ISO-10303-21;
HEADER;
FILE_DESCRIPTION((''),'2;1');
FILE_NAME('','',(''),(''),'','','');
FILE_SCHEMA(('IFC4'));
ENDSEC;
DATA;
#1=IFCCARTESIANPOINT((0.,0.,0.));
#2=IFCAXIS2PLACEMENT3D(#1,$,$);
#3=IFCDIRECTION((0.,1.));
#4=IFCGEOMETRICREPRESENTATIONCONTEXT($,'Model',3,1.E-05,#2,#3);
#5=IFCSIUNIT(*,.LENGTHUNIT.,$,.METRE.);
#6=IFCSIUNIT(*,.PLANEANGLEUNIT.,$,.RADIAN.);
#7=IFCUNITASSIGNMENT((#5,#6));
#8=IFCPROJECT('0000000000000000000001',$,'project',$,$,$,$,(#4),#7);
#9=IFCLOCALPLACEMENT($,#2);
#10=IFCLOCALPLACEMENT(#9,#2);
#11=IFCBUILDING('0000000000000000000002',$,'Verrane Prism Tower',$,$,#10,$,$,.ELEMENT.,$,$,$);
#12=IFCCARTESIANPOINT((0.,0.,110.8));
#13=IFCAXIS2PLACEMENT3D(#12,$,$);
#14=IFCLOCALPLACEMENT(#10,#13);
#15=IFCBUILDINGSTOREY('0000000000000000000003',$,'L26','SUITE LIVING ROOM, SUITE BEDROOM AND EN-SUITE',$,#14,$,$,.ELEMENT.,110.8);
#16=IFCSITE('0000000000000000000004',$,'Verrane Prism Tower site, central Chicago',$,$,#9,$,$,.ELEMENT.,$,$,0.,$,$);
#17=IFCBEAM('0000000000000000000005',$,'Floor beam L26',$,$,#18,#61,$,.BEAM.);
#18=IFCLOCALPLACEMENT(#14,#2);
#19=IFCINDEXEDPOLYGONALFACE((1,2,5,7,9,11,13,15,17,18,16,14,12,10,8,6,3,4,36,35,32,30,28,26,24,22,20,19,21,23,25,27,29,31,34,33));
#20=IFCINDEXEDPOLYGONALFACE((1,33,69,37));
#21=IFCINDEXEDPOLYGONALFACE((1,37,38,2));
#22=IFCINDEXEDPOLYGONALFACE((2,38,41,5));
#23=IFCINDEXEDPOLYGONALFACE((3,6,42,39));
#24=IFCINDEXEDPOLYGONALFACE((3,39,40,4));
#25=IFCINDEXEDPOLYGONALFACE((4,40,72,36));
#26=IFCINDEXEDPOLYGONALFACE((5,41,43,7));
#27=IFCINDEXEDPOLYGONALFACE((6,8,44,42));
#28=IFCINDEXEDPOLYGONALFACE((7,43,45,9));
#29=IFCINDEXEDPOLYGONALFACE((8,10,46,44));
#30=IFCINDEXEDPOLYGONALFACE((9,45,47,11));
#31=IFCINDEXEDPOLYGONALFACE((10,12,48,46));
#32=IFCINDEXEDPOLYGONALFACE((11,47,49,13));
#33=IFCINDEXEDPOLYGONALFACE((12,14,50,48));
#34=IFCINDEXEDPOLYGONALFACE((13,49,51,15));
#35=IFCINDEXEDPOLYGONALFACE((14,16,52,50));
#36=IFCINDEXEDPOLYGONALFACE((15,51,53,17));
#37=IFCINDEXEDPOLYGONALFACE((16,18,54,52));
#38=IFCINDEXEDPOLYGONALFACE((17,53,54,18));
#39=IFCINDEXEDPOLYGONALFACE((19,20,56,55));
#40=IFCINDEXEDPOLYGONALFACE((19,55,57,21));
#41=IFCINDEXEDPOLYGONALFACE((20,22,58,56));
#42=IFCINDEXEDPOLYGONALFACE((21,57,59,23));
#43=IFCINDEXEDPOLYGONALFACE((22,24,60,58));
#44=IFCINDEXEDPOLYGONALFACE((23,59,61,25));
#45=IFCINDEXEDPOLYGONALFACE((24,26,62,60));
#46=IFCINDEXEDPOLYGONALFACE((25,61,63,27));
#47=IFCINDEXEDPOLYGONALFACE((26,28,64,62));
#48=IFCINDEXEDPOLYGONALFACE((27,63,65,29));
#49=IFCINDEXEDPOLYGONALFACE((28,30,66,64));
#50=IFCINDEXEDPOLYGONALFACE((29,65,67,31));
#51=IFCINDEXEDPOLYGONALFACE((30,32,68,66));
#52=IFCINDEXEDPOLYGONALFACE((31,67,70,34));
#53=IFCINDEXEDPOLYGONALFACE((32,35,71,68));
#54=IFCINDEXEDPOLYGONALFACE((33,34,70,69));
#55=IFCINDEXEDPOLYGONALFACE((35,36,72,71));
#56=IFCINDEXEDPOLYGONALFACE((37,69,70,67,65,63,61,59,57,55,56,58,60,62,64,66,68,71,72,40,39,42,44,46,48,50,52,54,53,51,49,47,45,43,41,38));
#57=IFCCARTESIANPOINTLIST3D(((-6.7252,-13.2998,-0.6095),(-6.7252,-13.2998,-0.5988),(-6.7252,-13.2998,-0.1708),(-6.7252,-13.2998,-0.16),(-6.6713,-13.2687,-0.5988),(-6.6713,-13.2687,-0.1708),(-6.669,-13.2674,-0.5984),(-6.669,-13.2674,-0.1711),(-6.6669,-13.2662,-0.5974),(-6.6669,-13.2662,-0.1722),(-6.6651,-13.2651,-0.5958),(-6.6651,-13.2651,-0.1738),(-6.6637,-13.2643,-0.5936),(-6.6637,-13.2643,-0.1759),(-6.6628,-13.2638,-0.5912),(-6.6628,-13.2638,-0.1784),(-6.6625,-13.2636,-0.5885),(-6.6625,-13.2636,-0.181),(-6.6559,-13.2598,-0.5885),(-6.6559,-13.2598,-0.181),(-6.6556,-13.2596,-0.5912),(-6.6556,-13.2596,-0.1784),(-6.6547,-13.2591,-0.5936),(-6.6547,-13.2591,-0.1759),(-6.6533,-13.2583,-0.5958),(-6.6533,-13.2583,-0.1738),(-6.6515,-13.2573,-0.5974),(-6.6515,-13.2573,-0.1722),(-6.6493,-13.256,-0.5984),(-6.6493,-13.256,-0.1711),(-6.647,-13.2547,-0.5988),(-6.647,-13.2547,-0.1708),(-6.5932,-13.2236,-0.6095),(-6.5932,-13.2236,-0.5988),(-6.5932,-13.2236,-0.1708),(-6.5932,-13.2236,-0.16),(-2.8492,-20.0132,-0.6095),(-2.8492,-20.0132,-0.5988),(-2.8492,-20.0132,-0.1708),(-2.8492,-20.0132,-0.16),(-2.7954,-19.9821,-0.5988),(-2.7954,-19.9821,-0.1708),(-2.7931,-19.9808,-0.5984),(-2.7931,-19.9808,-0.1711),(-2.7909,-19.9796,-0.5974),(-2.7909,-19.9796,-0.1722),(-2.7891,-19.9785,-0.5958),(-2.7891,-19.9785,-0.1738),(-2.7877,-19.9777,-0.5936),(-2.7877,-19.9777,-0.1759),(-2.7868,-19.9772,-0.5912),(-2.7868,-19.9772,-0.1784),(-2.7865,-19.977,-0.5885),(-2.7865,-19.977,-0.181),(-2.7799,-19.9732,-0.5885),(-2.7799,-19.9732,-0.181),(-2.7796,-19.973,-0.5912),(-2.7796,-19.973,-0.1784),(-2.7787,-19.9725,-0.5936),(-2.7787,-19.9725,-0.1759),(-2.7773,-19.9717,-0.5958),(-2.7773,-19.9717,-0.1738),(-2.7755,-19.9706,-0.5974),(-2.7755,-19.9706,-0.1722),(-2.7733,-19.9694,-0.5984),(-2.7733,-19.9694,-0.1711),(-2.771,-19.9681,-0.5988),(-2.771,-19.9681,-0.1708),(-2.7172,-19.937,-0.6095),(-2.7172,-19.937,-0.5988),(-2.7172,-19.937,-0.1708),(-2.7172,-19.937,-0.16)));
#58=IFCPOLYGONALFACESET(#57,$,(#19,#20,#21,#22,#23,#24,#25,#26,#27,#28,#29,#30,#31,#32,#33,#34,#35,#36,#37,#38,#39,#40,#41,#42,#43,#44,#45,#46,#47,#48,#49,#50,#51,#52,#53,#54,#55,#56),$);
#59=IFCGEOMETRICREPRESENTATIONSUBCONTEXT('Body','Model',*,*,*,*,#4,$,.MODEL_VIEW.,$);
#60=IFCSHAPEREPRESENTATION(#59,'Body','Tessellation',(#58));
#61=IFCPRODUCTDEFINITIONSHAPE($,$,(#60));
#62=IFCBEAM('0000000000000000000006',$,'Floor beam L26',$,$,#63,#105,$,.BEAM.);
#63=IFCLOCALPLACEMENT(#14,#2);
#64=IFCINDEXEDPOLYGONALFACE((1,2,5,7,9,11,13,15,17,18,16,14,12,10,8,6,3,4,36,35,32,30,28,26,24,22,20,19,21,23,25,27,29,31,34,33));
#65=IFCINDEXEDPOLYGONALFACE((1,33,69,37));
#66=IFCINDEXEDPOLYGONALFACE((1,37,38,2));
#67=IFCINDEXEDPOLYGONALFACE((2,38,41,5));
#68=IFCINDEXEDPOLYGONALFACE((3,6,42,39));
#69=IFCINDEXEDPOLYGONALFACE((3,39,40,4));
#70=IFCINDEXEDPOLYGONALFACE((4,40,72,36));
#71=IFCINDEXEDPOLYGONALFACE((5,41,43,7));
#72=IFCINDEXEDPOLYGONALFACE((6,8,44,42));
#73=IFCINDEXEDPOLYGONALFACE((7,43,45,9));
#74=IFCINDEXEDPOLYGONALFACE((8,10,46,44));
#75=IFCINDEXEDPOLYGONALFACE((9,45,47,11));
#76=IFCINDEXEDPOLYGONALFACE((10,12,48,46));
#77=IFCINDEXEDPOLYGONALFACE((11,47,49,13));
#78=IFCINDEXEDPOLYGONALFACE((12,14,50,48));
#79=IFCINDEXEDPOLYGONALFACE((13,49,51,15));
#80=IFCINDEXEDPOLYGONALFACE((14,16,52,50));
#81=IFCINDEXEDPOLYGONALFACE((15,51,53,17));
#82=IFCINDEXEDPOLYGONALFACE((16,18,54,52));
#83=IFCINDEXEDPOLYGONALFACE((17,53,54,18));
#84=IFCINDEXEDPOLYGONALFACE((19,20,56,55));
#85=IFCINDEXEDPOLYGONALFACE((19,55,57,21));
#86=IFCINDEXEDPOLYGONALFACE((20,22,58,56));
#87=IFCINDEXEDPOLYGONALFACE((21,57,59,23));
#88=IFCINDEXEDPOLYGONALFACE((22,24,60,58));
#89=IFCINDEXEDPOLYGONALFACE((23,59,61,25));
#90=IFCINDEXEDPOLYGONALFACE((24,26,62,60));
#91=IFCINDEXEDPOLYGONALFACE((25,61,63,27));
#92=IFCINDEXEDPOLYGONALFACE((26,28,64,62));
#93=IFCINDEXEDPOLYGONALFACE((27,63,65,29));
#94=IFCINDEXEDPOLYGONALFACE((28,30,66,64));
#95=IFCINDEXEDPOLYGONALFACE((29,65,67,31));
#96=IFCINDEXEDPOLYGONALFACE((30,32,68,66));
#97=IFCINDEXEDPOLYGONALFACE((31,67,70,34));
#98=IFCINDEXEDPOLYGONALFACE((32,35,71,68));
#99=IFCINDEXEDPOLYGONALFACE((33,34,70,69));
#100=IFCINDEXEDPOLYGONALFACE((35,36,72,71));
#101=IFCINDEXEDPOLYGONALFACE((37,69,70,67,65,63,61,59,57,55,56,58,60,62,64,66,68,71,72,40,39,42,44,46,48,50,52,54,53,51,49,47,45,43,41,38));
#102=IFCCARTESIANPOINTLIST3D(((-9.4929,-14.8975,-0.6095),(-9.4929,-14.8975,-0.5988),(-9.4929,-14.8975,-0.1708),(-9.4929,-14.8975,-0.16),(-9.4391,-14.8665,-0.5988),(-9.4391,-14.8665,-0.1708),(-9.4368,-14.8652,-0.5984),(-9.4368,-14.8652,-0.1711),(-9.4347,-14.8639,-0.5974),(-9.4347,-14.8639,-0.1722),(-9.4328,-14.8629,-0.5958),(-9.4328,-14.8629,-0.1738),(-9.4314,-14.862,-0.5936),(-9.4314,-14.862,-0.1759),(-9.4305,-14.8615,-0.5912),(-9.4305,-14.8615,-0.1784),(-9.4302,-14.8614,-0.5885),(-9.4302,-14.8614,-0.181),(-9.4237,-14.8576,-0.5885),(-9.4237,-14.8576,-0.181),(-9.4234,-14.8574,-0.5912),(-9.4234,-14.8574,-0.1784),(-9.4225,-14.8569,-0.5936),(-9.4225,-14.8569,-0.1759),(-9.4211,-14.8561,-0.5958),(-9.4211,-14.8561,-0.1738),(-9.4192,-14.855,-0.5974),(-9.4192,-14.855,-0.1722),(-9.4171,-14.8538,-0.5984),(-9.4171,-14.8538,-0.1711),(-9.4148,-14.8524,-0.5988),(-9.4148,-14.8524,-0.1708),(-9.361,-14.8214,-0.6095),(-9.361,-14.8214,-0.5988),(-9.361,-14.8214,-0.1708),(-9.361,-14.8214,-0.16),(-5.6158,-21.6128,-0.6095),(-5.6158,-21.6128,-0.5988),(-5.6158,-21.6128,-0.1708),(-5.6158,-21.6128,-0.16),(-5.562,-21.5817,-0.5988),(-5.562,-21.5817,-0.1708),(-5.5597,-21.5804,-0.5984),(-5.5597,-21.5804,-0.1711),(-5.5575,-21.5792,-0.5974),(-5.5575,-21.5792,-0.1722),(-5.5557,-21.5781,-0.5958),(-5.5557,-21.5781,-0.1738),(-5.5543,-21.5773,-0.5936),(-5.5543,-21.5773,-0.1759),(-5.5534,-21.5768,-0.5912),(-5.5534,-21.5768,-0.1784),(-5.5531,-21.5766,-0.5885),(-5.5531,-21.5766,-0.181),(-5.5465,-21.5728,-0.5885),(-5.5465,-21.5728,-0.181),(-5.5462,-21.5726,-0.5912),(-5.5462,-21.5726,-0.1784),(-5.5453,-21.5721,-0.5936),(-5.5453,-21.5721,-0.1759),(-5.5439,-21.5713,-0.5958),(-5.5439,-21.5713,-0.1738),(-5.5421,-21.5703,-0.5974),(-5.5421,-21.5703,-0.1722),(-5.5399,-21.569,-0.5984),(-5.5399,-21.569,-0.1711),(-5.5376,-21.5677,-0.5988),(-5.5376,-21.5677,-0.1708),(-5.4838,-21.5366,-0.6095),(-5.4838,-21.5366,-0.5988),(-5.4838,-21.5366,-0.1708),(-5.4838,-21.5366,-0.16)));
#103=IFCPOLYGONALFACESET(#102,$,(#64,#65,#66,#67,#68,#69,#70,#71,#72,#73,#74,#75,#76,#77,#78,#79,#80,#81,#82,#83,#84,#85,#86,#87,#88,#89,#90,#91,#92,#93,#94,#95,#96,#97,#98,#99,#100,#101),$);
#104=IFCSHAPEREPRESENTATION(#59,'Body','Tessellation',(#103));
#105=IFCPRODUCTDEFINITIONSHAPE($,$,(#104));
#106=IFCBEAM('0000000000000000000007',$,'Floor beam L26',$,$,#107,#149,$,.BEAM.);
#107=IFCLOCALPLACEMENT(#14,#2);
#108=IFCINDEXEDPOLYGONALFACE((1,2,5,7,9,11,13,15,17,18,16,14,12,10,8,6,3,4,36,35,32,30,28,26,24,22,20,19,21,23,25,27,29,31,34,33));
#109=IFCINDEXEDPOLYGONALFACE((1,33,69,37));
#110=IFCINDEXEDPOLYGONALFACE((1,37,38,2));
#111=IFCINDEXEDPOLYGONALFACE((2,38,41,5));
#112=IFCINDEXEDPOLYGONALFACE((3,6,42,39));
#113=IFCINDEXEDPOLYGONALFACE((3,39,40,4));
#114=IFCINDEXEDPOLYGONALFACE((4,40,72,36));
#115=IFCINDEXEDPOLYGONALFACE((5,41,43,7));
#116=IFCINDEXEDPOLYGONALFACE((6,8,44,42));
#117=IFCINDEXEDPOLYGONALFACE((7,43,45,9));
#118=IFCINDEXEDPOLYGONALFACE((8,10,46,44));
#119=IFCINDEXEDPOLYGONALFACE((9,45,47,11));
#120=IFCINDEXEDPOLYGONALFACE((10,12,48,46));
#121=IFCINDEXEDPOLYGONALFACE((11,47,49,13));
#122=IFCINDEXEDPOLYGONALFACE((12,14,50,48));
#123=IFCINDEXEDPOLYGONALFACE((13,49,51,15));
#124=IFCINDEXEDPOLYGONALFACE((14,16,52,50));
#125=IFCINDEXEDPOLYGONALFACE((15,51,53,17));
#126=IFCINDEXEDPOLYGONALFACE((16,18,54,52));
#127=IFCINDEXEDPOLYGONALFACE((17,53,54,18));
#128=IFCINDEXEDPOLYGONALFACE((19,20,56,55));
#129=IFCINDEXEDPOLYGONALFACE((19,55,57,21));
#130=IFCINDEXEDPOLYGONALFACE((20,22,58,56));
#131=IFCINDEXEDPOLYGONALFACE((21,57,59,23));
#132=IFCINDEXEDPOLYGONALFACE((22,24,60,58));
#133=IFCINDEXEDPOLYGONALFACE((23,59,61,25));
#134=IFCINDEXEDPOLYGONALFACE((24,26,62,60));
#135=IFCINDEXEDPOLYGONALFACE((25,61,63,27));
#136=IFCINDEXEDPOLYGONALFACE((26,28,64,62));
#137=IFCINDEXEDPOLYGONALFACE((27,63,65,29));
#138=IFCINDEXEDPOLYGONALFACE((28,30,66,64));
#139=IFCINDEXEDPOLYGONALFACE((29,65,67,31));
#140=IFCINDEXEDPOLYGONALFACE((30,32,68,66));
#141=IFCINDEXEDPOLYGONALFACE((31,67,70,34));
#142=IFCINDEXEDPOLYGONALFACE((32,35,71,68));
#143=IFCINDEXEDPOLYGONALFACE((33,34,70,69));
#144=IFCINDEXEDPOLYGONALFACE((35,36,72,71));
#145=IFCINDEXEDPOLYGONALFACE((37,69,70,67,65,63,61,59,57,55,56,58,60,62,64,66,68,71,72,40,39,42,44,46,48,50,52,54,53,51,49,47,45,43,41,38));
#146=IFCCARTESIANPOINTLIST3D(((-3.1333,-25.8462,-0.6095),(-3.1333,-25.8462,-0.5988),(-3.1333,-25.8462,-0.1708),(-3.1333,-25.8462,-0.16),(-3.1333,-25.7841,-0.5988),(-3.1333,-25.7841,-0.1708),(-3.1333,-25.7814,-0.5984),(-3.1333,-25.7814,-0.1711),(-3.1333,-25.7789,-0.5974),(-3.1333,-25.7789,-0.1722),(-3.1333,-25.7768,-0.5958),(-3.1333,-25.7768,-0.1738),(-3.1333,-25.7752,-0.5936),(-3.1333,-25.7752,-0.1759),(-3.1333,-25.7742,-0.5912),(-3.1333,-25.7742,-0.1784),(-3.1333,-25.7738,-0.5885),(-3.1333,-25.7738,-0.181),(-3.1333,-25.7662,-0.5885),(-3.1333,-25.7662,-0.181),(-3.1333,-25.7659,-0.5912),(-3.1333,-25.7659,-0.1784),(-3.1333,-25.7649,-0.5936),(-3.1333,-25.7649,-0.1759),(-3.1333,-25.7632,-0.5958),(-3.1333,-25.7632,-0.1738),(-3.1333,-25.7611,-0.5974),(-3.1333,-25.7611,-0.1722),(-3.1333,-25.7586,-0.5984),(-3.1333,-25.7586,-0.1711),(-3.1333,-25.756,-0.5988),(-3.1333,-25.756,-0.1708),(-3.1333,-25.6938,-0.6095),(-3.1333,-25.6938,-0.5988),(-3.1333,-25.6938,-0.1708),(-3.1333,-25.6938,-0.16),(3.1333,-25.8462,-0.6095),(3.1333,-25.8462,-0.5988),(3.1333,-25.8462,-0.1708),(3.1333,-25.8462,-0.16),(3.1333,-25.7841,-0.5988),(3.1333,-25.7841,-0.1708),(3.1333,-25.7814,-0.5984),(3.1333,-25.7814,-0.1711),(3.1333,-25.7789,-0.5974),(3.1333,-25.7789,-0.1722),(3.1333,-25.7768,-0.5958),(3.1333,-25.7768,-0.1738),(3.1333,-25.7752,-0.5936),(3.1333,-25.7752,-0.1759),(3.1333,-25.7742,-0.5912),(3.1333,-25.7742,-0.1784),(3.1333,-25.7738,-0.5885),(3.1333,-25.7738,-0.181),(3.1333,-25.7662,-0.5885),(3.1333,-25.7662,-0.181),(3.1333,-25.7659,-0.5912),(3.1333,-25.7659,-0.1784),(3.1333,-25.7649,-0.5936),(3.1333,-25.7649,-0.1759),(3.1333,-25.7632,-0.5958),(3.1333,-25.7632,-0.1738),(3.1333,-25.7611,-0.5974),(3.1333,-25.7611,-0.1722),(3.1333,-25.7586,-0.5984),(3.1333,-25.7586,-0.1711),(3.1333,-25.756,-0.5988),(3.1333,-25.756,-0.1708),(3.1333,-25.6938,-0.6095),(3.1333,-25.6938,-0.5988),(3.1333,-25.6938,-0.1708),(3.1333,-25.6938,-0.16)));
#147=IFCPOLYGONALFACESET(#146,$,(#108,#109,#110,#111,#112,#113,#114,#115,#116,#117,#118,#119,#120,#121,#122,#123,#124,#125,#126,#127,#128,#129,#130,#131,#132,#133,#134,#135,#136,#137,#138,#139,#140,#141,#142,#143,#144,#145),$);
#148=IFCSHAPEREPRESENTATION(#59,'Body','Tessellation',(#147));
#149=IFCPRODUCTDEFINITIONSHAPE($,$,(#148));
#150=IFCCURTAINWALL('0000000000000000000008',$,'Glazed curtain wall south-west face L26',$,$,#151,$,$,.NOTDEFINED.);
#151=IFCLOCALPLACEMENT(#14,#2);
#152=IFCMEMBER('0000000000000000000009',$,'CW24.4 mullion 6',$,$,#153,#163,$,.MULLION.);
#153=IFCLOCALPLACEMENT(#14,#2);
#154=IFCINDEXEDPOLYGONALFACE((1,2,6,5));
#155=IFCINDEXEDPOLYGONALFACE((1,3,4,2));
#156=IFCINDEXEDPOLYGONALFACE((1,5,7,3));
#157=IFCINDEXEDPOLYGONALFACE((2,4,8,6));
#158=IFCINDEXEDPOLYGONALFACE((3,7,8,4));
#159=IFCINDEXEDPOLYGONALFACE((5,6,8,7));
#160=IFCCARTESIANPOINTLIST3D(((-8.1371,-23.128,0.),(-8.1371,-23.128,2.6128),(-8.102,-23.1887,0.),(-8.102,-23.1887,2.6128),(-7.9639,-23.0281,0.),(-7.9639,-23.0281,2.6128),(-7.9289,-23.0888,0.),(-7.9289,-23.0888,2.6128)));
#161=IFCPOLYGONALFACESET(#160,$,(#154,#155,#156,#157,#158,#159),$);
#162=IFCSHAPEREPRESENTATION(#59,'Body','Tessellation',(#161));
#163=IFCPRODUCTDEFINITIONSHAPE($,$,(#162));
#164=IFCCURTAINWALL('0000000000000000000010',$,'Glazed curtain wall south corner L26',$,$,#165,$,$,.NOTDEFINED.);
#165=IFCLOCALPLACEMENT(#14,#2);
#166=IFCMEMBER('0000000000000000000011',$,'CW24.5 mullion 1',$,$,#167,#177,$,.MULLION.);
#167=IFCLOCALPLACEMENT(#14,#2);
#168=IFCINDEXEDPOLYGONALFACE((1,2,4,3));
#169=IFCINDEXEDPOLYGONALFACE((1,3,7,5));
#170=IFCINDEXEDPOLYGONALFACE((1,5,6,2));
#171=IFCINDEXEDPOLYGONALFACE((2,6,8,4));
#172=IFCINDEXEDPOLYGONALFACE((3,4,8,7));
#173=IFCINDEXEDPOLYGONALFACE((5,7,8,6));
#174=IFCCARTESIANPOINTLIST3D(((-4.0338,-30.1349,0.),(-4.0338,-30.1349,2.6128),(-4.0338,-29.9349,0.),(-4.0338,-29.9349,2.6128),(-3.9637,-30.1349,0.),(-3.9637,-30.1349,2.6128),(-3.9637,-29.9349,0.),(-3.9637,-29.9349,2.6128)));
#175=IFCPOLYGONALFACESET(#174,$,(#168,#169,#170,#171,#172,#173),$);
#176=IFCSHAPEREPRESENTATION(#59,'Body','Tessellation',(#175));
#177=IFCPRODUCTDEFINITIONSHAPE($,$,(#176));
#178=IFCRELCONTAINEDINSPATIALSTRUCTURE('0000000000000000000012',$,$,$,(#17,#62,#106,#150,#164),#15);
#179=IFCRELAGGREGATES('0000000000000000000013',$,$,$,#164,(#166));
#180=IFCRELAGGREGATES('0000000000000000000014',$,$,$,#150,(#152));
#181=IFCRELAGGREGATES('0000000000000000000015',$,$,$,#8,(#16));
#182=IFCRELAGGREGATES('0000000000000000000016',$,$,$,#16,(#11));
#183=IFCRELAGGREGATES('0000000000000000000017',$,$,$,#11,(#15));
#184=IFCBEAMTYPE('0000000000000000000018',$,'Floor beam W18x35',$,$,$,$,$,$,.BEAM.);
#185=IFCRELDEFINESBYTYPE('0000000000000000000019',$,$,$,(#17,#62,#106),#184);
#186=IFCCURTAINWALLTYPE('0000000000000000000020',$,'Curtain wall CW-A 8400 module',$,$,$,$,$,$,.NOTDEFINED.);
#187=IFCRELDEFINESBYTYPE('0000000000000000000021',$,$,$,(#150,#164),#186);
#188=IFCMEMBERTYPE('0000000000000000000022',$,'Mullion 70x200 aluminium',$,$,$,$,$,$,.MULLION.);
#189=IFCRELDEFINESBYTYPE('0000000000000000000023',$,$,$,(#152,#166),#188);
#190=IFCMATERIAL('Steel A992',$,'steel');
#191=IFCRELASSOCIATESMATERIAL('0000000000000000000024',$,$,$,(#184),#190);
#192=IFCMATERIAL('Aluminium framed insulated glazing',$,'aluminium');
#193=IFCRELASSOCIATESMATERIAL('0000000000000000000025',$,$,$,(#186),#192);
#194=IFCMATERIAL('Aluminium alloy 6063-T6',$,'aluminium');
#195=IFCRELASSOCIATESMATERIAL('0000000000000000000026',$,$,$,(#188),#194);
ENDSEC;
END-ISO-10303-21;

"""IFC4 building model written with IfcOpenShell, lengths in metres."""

from ifc_helpers import new_model, si_unit, direction, frame, origin, origin_2d, place, context, subcontext, project, spatial, rectangle, i_section, extrude, material, material_profile, profile_set, type_object, element, aggregate, save


model = new_model("IFC4")

# Units and contexts
model_context = context("Model", 3, precision=1e-05, world=origin(), true_north=direction((0.0, 1.0)))
body_context = subcontext(model_context, "Body", "Model", "MODEL_VIEW")
ifc_project = project(units=[si_unit("LENGTHUNIT", "METRE"), si_unit("PLANEANGLEUNIT", "RADIAN")], contexts=[model_context])

# Site, building, storey
site_placement = place(None, origin())
site = spatial("IfcSite", under=ifc_project, at=site_placement, Name="Verrane Prism Tower site, central Chicago", CompositionType="ELEMENT", RefElevation=0.0)
building_placement = place(site_placement, origin())
building = spatial("IfcBuilding", under=site, at=building_placement, Name="Verrane Prism Tower", CompositionType="ELEMENT")
storey_placement = place(building_placement, frame((0.0, 0.0, 110.8)))
storey = spatial("IfcBuildingStorey", under=building, at=storey_placement, Name="L26", Description="SUITE LIVING ROOM, SUITE BEDROOM AND EN-SUITE", CompositionType="ELEMENT", Elevation=110.8)

# Beams
ifc_material_1 = material(Name="Steel A992", Category="steel")
ifc_material_profile_1 = material_profile(ifc_material_1, i_section(OverallWidth=0.1523, OverallDepth=0.4495, WebThickness=0.0076, FlangeThickness=0.0107, FilletRadius=0.0103, at=origin_2d()), Name="W18x35")
ifc_profile_set_1 = profile_set([ifc_material_profile_1], Name="Steel A992")
beam_type_1 = type_object("IfcBeamType", Name="Floor beam W18x35", PredefinedType="BEAM", material=ifc_profile_set_1)
beam_1_placement = place(storey_placement, frame((-2.7832, -19.9751, -0.3848), z_axis=(-0.500001, 0.866025, 0.0), x_axis=(-0.866025, -0.500001, 0.0)))
element("IfcBeam", 1, at=beam_1_placement, inside=storey, type_object=beam_type_1, Name="Floor beam L26", PredefinedType="BEAM", context=body_context, shape_type="SweptSolid", body=[
    extrude(i_section(OverallWidth=0.1523, OverallDepth=0.4495, WebThickness=0.0076, FlangeThickness=0.0107, FilletRadius=0.0103, at=origin_2d()), origin(), (0.0, 0.0, 1.0), 7.752),
])
beam_2_placement = place(storey_placement, frame((-5.5498, -21.5747, -0.3848), z_axis=(-0.50001, 0.86602, 0.0), x_axis=(-0.86602, -0.50001, 0.0)))
element("IfcBeam", 2, at=beam_2_placement, inside=storey, type_object=beam_type_1, Name="Floor beam L26", PredefinedType="BEAM", context=body_context, shape_type="SweptSolid", body=[
    extrude(i_section(OverallWidth=0.1523, OverallDepth=0.4495, WebThickness=0.0076, FlangeThickness=0.0107, FilletRadius=0.0103, at=origin_2d()), origin(), (0.0, 0.0, 1.0), 7.7542),
])
beam_3_placement = place(storey_placement, frame((-3.1333, -25.77, -0.3848), z_axis=(1.0, 0.0, 0.0), x_axis=(0.0, 1.0, 0.0)))
element("IfcBeam", 3, at=beam_3_placement, inside=storey, type_object=beam_type_1, Name="Floor beam L26", PredefinedType="BEAM", context=body_context, shape_type="SweptSolid", body=[
    extrude(i_section(OverallWidth=0.1523, OverallDepth=0.4495, WebThickness=0.0076, FlangeThickness=0.0107, FilletRadius=0.0103, at=origin_2d()), origin(), (0.0, 0.0, 1.0), 6.2666),
])

# Curtain walls, members
ifc_material_2 = material(Name="Aluminium framed insulated glazing", Category="aluminium")
curtain_wall_type = type_object("IfcCurtainWallType", Name="Curtain wall CW-A 8400 module", PredefinedType="NOTDEFINED", material=ifc_material_2)
curtain_wall_1_placement = place(storey_placement, origin())
curtain_wall_1 = element("IfcCurtainWall", 4, at=curtain_wall_1_placement, inside=storey, type_object=curtain_wall_type, Name="Glazed curtain wall south-west face L26", PredefinedType="NOTDEFINED")
ifc_material_3 = material(Name="Aluminium alloy 6063-T6", Category="aluminium")
ifc_material_profile_2 = material_profile(ifc_material_3, rectangle(XDim=0.2, YDim=0.0701, at=origin_2d()), Name="Mullion 70x200 aluminium")
ifc_profile_set_2 = profile_set([ifc_material_profile_2], Name="Aluminium alloy 6063-T6")
member_type_1 = type_object("IfcMemberType", Name="Mullion 70x200 aluminium", PredefinedType="MULLION", material=ifc_profile_set_2)
member_1_placement = place(storey_placement, frame((-8.033, -23.1084, 0.0), z_axis=(0.0, 0.0, 1.0), x_axis=(0.866025, 0.5, 0.0)))
member_1 = element("IfcMember", 5, at=member_1_placement, type_object=member_type_1, Name="CW24.4 mullion 6", PredefinedType="MULLION", context=body_context, shape_type="SweptSolid", body=[
    extrude(rectangle(XDim=0.2, YDim=0.0701, at=origin_2d()), origin(), (0.0, 0.0, 1.0), 2.6128),
])
curtain_wall_2_placement = place(storey_placement, origin())
curtain_wall_2 = element("IfcCurtainWall", 6, at=curtain_wall_2_placement, inside=storey, type_object=curtain_wall_type, Name="Glazed curtain wall south corner L26", PredefinedType="NOTDEFINED")
member_2_placement = place(storey_placement, frame((-3.9988, -30.0349, 0.0), z_axis=(0.0, 0.0, 1.0), x_axis=(0.0, 1.0, 0.0)))
member_2 = element("IfcMember", 7, at=member_2_placement, type_object=member_type_1, Name="CW24.5 mullion 1", PredefinedType="MULLION", context=body_context, shape_type="SweptSolid", body=[
    extrude(rectangle(XDim=0.2, YDim=0.0701, at=origin_2d()), origin(), (0.0, 0.0, 1.0), 2.6128),
])

aggregate(curtain_wall_2, [member_2])

aggregate(curtain_wall_1, [member_1])

save(model, "model.ifc")
